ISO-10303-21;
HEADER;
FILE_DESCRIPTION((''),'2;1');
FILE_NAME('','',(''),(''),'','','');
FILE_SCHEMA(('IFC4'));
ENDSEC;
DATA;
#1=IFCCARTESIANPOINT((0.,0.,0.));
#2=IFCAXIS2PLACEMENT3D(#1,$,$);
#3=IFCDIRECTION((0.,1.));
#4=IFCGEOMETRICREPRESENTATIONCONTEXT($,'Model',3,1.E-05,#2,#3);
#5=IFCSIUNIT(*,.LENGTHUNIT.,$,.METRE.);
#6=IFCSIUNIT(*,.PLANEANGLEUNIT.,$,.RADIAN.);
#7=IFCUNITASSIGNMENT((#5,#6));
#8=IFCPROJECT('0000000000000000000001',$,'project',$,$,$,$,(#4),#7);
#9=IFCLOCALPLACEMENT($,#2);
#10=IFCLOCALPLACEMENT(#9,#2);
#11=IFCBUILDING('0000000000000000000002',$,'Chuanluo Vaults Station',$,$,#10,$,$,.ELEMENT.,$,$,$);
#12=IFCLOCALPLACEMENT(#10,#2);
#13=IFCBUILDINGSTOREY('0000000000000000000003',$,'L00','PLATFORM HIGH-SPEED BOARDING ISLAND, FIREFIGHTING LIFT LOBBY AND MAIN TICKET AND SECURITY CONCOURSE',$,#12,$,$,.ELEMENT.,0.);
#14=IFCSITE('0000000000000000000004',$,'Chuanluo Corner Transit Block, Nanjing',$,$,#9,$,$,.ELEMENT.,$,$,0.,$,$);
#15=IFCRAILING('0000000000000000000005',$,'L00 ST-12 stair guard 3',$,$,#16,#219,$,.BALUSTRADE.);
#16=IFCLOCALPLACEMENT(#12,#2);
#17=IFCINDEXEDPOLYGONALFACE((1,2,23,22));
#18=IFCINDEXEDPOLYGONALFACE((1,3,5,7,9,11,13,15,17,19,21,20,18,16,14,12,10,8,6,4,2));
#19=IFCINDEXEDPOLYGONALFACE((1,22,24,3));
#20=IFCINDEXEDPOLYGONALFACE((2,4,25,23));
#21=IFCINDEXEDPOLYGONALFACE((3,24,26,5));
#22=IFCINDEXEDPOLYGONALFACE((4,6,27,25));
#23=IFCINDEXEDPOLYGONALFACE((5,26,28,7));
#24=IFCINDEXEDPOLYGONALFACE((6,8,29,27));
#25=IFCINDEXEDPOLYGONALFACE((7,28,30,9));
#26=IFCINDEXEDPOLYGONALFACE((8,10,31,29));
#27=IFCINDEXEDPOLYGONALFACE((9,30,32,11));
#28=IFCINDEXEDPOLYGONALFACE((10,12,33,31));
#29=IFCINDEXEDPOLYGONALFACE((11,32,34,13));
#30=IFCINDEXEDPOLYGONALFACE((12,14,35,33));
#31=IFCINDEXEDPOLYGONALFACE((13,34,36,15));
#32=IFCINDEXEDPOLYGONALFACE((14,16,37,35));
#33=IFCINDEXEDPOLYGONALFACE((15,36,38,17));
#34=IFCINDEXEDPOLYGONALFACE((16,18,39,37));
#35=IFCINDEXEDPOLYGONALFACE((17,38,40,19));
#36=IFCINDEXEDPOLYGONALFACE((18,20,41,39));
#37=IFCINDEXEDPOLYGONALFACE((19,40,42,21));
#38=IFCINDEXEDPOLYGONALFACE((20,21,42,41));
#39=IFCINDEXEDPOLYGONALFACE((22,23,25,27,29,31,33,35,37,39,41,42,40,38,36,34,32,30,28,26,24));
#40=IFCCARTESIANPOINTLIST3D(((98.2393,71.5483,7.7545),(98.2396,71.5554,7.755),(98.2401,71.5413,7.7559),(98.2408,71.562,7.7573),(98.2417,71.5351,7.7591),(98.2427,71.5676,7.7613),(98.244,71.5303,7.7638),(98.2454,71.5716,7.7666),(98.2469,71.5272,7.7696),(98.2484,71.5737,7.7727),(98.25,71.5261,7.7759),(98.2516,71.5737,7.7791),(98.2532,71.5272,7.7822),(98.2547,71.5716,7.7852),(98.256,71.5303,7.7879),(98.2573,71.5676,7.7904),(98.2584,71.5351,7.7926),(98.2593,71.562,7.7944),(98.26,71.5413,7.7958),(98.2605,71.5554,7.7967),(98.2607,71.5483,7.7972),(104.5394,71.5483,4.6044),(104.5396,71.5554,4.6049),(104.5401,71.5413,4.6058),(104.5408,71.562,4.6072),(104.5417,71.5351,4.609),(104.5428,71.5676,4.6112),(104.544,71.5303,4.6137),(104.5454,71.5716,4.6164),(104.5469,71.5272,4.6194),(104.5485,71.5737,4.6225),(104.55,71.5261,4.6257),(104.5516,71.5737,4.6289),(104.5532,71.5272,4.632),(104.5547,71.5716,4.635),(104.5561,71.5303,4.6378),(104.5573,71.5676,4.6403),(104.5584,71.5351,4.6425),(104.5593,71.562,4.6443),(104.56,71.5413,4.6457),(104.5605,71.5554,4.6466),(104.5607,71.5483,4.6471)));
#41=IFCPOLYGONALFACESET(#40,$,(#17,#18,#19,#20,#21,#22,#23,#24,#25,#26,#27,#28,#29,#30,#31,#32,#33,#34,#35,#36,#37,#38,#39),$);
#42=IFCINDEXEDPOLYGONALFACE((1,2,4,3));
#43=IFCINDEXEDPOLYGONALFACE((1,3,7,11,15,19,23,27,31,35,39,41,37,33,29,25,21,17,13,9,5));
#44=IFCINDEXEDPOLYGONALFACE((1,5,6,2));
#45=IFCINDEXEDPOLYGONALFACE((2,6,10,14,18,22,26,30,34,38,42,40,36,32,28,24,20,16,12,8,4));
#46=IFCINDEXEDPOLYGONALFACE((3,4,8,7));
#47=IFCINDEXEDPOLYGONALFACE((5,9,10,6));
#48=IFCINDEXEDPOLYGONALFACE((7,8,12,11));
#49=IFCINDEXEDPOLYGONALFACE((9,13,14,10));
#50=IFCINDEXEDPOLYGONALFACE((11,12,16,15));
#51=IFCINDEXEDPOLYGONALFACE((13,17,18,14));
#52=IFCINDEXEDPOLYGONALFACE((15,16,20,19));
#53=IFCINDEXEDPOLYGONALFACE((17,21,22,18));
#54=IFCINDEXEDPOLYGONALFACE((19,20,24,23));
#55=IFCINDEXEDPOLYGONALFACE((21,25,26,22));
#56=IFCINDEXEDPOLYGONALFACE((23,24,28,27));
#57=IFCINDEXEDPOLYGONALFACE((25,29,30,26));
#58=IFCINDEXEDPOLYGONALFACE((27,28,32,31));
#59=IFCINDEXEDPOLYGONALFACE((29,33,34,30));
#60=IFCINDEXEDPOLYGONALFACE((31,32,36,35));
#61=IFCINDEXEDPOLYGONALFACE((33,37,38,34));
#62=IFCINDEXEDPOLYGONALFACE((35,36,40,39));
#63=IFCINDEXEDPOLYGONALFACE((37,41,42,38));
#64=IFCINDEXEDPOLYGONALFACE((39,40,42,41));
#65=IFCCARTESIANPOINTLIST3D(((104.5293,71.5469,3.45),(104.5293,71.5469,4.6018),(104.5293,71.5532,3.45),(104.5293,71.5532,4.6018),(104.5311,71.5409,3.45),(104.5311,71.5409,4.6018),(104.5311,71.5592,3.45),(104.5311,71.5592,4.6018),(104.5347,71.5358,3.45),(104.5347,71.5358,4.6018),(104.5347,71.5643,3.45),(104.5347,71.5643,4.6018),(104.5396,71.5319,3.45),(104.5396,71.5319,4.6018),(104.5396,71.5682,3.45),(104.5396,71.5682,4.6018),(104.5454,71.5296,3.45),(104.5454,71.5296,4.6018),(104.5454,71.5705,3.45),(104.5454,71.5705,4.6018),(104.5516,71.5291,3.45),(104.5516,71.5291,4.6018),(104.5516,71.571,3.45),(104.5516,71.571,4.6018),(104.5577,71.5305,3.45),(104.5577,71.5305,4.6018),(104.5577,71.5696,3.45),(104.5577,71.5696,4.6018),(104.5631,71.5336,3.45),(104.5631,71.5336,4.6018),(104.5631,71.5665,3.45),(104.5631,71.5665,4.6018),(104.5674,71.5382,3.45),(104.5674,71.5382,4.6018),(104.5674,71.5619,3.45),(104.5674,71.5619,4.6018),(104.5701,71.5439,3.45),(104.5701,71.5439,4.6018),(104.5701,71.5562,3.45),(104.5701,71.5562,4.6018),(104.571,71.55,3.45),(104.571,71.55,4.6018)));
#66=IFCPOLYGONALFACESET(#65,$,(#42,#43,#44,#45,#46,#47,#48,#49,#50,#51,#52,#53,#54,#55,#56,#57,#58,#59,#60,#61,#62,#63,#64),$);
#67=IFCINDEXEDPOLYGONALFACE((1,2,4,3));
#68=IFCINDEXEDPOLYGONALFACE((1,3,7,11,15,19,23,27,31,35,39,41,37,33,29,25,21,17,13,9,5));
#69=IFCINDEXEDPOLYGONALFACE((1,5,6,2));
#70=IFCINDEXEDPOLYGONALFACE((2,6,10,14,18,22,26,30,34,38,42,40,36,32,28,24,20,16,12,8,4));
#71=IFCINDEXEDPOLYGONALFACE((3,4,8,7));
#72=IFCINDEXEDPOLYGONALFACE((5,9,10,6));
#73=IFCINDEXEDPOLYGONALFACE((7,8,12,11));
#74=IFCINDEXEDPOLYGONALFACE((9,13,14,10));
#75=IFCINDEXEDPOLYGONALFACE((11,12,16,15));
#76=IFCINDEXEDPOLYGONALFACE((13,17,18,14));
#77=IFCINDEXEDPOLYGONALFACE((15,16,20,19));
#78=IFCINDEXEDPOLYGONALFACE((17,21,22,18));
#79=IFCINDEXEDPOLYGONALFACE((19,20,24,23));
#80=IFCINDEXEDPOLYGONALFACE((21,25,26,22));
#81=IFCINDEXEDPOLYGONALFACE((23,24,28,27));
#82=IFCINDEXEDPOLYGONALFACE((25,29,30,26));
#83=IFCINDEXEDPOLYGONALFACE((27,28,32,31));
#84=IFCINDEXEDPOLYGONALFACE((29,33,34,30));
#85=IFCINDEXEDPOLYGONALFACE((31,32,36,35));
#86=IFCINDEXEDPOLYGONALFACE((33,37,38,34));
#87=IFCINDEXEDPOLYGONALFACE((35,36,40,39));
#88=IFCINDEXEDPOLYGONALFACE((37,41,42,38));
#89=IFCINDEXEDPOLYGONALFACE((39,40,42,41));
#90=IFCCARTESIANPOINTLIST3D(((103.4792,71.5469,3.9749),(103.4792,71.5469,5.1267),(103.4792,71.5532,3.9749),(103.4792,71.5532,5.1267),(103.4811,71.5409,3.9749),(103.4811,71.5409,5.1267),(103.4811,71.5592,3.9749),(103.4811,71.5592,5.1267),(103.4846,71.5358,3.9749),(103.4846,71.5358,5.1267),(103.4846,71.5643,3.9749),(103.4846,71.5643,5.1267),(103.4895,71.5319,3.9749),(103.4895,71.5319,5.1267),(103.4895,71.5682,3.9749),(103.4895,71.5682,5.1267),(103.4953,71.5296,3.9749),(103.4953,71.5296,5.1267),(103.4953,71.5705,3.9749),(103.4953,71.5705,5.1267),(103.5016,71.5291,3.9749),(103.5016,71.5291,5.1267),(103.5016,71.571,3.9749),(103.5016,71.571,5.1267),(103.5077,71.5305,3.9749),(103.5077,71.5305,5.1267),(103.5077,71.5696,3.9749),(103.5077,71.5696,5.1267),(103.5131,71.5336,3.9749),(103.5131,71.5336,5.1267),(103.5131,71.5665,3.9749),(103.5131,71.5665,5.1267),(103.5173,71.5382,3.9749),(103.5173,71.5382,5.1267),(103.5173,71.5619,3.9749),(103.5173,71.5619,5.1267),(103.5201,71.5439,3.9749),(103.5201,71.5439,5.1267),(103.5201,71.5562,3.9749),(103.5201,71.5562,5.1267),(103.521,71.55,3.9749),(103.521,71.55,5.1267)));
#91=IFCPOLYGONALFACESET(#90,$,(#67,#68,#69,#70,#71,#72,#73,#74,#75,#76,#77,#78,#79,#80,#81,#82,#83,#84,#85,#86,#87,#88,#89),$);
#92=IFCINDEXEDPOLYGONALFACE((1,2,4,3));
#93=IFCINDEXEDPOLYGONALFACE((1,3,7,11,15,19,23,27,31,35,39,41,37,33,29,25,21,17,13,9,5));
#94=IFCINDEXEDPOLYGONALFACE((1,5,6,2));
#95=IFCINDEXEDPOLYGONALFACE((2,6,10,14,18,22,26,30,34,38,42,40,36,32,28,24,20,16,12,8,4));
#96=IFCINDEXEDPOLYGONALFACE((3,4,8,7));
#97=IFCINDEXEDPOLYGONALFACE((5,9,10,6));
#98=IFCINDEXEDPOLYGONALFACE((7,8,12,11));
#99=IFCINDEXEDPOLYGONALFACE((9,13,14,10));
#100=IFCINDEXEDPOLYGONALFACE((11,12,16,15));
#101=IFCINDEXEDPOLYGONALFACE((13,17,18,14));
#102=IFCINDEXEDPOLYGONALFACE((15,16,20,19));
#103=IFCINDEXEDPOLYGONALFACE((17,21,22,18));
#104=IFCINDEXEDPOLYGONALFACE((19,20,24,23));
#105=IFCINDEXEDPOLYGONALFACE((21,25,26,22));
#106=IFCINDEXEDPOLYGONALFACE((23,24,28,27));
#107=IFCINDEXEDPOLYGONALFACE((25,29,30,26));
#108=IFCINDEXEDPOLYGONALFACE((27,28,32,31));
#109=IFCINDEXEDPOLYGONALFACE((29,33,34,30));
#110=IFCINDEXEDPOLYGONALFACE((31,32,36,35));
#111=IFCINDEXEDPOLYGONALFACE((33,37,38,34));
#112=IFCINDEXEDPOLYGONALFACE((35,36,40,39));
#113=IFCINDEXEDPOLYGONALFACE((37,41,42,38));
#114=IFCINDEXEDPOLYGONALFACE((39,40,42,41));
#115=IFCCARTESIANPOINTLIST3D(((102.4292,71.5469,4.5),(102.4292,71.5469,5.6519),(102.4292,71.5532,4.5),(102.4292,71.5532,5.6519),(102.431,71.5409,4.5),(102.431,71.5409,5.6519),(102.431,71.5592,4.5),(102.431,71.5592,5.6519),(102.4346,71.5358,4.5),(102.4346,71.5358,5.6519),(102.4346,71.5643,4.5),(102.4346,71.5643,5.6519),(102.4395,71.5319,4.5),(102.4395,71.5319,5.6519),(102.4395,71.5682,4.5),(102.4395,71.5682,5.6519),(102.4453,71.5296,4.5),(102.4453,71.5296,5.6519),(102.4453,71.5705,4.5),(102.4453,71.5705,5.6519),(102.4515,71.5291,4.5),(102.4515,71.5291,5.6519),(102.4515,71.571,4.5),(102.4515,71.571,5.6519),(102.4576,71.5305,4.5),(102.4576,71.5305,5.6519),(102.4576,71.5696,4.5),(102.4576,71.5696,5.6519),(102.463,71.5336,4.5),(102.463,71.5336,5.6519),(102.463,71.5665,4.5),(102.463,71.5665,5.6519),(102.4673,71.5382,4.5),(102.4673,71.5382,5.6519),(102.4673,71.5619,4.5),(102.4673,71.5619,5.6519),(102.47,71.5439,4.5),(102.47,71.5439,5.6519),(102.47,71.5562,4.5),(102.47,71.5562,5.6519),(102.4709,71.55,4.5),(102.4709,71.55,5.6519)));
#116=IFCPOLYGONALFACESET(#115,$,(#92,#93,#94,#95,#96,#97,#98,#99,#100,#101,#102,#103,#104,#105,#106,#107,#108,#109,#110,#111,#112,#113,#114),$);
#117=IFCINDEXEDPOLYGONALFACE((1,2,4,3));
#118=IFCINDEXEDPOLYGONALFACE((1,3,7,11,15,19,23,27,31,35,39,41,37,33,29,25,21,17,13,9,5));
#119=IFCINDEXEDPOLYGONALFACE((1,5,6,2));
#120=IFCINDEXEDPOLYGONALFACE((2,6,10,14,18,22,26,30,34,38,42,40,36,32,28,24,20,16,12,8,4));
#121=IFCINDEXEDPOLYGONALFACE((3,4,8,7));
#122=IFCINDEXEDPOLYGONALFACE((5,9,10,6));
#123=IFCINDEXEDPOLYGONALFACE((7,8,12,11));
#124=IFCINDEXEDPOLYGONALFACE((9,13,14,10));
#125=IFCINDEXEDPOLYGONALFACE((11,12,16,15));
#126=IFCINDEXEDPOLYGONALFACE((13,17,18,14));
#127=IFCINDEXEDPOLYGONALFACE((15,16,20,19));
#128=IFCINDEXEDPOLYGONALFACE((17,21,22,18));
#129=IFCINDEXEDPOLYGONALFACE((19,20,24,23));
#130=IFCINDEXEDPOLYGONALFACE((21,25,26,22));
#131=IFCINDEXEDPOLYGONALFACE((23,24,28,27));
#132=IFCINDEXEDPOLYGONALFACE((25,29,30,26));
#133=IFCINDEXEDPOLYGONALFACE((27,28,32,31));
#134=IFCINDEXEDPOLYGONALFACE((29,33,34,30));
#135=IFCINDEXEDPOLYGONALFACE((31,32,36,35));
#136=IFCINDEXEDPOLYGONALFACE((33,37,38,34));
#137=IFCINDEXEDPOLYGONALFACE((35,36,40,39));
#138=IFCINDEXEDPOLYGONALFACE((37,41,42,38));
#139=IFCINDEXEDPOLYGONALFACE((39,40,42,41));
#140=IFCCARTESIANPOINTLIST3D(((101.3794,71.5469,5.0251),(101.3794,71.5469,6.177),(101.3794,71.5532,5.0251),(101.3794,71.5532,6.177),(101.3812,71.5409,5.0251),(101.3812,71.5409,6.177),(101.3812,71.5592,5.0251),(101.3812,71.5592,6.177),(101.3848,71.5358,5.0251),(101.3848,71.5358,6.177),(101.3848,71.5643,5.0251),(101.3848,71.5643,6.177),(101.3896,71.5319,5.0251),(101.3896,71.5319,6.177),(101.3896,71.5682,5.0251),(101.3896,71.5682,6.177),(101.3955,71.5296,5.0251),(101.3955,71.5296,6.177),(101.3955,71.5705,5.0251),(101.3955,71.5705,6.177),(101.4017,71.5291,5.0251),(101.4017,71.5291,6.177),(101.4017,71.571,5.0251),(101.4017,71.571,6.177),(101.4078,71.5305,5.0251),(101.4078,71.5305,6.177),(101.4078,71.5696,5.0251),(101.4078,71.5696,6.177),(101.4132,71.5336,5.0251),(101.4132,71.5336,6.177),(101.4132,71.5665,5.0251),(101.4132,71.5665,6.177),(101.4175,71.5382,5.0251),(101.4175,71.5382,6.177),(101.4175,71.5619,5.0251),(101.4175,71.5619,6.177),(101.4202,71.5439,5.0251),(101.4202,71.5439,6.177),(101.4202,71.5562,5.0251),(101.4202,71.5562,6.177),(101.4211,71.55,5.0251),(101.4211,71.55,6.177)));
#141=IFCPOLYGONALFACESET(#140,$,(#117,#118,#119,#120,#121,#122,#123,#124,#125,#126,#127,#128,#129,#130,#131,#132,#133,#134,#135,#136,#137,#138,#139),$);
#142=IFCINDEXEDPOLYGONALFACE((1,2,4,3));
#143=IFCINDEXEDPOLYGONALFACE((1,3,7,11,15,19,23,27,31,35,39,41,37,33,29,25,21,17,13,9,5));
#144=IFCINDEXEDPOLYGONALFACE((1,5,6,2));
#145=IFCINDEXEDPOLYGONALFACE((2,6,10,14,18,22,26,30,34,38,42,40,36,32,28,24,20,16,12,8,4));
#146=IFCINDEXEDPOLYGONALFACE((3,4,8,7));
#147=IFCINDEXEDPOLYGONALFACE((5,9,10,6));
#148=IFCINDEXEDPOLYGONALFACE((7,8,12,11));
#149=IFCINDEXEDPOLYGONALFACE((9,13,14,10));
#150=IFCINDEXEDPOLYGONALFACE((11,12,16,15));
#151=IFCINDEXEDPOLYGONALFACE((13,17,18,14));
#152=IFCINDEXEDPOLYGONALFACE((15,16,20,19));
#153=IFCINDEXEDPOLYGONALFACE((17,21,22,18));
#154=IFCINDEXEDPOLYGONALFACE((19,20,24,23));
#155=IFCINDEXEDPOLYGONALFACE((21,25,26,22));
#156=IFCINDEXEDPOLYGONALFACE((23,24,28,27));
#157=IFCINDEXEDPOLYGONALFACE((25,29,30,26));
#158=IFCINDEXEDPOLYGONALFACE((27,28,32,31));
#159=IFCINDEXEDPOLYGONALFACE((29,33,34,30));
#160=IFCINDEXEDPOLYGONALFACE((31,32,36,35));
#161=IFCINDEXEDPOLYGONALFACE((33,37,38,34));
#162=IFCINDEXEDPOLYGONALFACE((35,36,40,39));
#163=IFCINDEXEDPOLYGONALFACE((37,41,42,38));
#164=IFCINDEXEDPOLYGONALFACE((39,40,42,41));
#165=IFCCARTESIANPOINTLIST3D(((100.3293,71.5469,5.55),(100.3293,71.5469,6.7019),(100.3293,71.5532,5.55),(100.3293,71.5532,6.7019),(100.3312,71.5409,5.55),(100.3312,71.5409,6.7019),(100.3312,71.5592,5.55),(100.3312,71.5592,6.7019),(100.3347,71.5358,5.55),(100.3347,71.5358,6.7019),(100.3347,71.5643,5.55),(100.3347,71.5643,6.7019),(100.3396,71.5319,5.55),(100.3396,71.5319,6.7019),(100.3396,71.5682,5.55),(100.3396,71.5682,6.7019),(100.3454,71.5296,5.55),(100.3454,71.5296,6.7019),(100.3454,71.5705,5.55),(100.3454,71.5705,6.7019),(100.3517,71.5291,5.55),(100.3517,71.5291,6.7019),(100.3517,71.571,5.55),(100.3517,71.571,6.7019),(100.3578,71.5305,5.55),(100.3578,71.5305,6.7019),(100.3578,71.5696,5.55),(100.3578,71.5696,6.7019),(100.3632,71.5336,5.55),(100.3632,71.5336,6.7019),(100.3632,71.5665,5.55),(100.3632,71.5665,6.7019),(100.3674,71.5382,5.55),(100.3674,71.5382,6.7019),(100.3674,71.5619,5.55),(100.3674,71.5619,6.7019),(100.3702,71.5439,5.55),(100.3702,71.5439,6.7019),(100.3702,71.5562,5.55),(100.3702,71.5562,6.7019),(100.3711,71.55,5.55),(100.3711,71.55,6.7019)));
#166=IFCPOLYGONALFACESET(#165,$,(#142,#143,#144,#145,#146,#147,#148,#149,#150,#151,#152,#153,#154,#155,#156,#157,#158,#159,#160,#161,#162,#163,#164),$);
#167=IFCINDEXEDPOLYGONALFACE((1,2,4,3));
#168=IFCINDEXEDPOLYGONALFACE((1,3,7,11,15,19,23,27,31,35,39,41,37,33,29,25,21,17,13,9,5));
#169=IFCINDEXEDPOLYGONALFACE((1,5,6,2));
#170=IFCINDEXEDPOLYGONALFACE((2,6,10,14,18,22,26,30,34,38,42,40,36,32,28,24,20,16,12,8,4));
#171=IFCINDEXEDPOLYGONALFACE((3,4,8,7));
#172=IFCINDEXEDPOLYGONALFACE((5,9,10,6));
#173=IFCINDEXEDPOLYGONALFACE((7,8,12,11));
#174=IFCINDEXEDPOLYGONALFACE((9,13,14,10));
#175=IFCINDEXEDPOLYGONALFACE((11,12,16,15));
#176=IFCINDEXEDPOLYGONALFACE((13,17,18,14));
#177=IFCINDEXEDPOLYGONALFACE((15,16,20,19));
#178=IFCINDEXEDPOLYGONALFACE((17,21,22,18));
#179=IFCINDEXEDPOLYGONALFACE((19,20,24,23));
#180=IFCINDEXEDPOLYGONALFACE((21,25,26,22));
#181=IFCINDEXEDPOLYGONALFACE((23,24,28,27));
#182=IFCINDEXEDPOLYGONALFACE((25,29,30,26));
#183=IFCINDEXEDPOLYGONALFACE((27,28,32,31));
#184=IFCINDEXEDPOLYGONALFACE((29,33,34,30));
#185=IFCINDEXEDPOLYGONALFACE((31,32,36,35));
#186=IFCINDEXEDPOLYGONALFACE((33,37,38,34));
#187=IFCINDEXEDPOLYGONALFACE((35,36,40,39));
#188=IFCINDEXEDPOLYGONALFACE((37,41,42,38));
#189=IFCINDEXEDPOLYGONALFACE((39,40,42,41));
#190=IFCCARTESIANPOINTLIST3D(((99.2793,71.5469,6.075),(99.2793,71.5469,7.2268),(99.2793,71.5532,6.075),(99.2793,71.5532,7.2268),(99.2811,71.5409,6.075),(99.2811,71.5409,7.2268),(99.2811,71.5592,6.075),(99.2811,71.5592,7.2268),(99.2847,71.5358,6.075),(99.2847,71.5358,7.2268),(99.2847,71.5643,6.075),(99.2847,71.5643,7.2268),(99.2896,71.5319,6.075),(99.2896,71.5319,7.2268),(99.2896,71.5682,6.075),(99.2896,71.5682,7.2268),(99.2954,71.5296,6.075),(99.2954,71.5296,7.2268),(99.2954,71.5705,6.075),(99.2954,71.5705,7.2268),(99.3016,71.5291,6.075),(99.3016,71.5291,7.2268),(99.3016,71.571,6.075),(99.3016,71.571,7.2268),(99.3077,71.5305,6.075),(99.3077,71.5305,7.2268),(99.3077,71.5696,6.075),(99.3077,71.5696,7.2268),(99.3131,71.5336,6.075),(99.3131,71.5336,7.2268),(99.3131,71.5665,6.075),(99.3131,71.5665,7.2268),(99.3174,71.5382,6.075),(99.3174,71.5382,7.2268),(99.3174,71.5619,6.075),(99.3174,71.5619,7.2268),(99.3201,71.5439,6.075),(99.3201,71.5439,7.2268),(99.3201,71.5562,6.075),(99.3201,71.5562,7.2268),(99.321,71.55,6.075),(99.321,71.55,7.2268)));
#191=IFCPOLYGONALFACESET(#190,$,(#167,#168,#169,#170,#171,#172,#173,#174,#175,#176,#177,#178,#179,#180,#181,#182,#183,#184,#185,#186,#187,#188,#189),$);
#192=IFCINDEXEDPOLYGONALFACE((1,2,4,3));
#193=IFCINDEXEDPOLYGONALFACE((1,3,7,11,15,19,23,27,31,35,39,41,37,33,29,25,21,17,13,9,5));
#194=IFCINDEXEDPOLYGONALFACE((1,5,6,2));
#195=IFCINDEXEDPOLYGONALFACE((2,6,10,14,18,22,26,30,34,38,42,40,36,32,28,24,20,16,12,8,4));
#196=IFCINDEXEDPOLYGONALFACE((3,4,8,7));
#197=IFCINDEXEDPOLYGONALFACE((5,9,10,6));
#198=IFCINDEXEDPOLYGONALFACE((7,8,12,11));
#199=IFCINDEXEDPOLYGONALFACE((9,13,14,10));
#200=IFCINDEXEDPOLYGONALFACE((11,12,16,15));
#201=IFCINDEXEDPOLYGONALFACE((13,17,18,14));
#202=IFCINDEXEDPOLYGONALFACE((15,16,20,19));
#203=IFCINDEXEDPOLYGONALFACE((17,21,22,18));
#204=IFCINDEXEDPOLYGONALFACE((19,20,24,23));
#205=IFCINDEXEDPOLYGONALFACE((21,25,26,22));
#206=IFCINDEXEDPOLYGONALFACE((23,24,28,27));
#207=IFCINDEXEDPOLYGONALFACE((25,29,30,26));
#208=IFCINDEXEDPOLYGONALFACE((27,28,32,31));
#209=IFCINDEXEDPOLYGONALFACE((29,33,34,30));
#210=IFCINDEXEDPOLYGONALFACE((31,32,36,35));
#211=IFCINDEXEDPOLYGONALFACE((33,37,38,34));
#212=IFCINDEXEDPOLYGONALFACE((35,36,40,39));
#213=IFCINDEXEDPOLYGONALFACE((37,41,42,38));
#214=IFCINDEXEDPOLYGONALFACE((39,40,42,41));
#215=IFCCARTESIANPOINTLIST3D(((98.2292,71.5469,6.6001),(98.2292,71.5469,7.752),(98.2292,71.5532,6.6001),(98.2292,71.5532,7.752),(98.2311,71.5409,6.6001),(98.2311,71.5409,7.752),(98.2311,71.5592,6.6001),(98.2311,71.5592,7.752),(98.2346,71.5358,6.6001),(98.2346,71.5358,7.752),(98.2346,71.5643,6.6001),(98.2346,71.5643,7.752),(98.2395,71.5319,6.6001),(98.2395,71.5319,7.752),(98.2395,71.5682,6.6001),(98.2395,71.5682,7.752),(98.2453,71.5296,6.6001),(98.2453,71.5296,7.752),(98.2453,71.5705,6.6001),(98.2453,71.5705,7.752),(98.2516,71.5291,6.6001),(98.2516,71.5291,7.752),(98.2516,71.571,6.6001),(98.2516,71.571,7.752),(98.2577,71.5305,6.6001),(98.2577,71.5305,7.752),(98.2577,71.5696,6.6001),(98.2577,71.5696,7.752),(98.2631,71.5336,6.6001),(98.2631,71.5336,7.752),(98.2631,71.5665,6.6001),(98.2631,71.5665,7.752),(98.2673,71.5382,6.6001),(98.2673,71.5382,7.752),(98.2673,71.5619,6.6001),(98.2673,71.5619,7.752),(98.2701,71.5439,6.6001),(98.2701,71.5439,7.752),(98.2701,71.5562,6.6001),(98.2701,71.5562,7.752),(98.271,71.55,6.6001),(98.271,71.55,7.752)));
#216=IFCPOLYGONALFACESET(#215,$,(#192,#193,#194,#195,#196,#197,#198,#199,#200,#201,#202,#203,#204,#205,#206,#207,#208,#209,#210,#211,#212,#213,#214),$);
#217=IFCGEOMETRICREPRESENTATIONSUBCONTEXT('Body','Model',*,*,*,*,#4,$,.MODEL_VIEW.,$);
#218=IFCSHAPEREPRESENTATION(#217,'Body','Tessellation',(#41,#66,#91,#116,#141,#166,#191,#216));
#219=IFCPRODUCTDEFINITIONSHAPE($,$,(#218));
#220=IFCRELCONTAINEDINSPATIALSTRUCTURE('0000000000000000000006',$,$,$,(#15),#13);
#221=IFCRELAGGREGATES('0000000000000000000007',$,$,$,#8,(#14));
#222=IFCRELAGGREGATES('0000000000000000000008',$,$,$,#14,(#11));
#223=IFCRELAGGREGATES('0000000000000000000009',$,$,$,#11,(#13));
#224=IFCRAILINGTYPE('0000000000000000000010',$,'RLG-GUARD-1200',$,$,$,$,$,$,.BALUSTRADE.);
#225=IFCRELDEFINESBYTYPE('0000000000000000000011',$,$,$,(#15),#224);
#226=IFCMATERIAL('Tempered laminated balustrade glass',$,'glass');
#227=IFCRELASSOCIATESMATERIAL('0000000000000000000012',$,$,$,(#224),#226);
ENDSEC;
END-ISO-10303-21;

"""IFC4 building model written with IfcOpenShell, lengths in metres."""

from ifc_helpers import new_model, si_unit, direction, frame, origin, origin_2d, place, context, subcontext, project, spatial, circle, extrude, material, type_object, element, save


model = new_model("IFC4")

# Units and contexts
model_context = context("Model", 3, precision=1e-05, world=origin(), true_north=direction((0.0, 1.0)))
body_context = subcontext(model_context, "Body", "Model", "MODEL_VIEW")
ifc_project = project(units=[si_unit("LENGTHUNIT", "METRE"), si_unit("PLANEANGLEUNIT", "RADIAN")], contexts=[model_context])

# Site, building, storey
site_placement = place(None, origin())
site = spatial("IfcSite", under=ifc_project, at=site_placement, Name="Chuanluo Corner Transit Block, Nanjing", CompositionType="ELEMENT", RefElevation=0.0)
building_placement = place(site_placement, origin())
building = spatial("IfcBuilding", under=site, at=building_placement, Name="Chuanluo Vaults Station", CompositionType="ELEMENT")
storey_placement = place(building_placement, origin())
storey = spatial("IfcBuildingStorey", under=building, at=storey_placement, Name="L00", Description="PLATFORM HIGH-SPEED BOARDING ISLAND, FIREFIGHTING LIFT LOBBY AND MAIN TICKET AND SECURITY CONCOURSE", CompositionType="ELEMENT", Elevation=0.0)

# Railing
ifc_material_1 = material(Name="Tempered laminated balustrade glass", Category="glass")
railing_type_1 = type_object("IfcRailingType", Name="RLG-GUARD-1200", PredefinedType="BALUSTRADE", material=ifc_material_1)
railing_1_placement = place(storey_placement, frame((104.55, 71.55, 3.45)))
element("IfcRailing", 1, at=railing_1_placement, inside=storey, type_object=railing_type_1, Name="L00 ST-12 stair guard 3", PredefinedType="BALUSTRADE", context=body_context, shape_type="SweptSolid", body=[
    extrude(circle(Radius=0.0239, at=origin_2d()), frame((0.0, 0.0, 1.1758), z_axis=(-0.89442, 0.0, 0.447227), x_axis=(0.0, -1.0, 0.0)), (0.0, 0.0, 1.0), 7.0437),
    extrude(circle(Radius=0.021, at=origin_2d()), origin(), (0.0, 0.0, 1.0), 1.1519),
    extrude(circle(Radius=0.021, at=origin_2d()), frame((-1.05, 0.0, 0.5249)), (0.0, 0.0, 1.0), 1.1519),
    extrude(circle(Radius=0.021, at=origin_2d()), frame((-2.1001, 0.0, 1.05)), (0.0, 0.0, 1.0), 1.1519),
    extrude(circle(Radius=0.021, at=origin_2d()), frame((-3.1499, 0.0, 1.5752)), (0.0, 0.0, 1.0), 1.1519),
    extrude(circle(Radius=0.021, at=origin_2d()), frame((-4.2, 0.0, 2.1001)), (0.0, 0.0, 1.0), 1.1519),
    extrude(circle(Radius=0.021, at=origin_2d()), frame((-5.25, 0.0, 2.625)), (0.0, 0.0, 1.0), 1.1519),
    extrude(circle(Radius=0.021, at=origin_2d()), frame((-6.3, 0.0, 3.1501)), (0.0, 0.0, 1.0), 1.1519),
])

save(model, "model.ifc")
